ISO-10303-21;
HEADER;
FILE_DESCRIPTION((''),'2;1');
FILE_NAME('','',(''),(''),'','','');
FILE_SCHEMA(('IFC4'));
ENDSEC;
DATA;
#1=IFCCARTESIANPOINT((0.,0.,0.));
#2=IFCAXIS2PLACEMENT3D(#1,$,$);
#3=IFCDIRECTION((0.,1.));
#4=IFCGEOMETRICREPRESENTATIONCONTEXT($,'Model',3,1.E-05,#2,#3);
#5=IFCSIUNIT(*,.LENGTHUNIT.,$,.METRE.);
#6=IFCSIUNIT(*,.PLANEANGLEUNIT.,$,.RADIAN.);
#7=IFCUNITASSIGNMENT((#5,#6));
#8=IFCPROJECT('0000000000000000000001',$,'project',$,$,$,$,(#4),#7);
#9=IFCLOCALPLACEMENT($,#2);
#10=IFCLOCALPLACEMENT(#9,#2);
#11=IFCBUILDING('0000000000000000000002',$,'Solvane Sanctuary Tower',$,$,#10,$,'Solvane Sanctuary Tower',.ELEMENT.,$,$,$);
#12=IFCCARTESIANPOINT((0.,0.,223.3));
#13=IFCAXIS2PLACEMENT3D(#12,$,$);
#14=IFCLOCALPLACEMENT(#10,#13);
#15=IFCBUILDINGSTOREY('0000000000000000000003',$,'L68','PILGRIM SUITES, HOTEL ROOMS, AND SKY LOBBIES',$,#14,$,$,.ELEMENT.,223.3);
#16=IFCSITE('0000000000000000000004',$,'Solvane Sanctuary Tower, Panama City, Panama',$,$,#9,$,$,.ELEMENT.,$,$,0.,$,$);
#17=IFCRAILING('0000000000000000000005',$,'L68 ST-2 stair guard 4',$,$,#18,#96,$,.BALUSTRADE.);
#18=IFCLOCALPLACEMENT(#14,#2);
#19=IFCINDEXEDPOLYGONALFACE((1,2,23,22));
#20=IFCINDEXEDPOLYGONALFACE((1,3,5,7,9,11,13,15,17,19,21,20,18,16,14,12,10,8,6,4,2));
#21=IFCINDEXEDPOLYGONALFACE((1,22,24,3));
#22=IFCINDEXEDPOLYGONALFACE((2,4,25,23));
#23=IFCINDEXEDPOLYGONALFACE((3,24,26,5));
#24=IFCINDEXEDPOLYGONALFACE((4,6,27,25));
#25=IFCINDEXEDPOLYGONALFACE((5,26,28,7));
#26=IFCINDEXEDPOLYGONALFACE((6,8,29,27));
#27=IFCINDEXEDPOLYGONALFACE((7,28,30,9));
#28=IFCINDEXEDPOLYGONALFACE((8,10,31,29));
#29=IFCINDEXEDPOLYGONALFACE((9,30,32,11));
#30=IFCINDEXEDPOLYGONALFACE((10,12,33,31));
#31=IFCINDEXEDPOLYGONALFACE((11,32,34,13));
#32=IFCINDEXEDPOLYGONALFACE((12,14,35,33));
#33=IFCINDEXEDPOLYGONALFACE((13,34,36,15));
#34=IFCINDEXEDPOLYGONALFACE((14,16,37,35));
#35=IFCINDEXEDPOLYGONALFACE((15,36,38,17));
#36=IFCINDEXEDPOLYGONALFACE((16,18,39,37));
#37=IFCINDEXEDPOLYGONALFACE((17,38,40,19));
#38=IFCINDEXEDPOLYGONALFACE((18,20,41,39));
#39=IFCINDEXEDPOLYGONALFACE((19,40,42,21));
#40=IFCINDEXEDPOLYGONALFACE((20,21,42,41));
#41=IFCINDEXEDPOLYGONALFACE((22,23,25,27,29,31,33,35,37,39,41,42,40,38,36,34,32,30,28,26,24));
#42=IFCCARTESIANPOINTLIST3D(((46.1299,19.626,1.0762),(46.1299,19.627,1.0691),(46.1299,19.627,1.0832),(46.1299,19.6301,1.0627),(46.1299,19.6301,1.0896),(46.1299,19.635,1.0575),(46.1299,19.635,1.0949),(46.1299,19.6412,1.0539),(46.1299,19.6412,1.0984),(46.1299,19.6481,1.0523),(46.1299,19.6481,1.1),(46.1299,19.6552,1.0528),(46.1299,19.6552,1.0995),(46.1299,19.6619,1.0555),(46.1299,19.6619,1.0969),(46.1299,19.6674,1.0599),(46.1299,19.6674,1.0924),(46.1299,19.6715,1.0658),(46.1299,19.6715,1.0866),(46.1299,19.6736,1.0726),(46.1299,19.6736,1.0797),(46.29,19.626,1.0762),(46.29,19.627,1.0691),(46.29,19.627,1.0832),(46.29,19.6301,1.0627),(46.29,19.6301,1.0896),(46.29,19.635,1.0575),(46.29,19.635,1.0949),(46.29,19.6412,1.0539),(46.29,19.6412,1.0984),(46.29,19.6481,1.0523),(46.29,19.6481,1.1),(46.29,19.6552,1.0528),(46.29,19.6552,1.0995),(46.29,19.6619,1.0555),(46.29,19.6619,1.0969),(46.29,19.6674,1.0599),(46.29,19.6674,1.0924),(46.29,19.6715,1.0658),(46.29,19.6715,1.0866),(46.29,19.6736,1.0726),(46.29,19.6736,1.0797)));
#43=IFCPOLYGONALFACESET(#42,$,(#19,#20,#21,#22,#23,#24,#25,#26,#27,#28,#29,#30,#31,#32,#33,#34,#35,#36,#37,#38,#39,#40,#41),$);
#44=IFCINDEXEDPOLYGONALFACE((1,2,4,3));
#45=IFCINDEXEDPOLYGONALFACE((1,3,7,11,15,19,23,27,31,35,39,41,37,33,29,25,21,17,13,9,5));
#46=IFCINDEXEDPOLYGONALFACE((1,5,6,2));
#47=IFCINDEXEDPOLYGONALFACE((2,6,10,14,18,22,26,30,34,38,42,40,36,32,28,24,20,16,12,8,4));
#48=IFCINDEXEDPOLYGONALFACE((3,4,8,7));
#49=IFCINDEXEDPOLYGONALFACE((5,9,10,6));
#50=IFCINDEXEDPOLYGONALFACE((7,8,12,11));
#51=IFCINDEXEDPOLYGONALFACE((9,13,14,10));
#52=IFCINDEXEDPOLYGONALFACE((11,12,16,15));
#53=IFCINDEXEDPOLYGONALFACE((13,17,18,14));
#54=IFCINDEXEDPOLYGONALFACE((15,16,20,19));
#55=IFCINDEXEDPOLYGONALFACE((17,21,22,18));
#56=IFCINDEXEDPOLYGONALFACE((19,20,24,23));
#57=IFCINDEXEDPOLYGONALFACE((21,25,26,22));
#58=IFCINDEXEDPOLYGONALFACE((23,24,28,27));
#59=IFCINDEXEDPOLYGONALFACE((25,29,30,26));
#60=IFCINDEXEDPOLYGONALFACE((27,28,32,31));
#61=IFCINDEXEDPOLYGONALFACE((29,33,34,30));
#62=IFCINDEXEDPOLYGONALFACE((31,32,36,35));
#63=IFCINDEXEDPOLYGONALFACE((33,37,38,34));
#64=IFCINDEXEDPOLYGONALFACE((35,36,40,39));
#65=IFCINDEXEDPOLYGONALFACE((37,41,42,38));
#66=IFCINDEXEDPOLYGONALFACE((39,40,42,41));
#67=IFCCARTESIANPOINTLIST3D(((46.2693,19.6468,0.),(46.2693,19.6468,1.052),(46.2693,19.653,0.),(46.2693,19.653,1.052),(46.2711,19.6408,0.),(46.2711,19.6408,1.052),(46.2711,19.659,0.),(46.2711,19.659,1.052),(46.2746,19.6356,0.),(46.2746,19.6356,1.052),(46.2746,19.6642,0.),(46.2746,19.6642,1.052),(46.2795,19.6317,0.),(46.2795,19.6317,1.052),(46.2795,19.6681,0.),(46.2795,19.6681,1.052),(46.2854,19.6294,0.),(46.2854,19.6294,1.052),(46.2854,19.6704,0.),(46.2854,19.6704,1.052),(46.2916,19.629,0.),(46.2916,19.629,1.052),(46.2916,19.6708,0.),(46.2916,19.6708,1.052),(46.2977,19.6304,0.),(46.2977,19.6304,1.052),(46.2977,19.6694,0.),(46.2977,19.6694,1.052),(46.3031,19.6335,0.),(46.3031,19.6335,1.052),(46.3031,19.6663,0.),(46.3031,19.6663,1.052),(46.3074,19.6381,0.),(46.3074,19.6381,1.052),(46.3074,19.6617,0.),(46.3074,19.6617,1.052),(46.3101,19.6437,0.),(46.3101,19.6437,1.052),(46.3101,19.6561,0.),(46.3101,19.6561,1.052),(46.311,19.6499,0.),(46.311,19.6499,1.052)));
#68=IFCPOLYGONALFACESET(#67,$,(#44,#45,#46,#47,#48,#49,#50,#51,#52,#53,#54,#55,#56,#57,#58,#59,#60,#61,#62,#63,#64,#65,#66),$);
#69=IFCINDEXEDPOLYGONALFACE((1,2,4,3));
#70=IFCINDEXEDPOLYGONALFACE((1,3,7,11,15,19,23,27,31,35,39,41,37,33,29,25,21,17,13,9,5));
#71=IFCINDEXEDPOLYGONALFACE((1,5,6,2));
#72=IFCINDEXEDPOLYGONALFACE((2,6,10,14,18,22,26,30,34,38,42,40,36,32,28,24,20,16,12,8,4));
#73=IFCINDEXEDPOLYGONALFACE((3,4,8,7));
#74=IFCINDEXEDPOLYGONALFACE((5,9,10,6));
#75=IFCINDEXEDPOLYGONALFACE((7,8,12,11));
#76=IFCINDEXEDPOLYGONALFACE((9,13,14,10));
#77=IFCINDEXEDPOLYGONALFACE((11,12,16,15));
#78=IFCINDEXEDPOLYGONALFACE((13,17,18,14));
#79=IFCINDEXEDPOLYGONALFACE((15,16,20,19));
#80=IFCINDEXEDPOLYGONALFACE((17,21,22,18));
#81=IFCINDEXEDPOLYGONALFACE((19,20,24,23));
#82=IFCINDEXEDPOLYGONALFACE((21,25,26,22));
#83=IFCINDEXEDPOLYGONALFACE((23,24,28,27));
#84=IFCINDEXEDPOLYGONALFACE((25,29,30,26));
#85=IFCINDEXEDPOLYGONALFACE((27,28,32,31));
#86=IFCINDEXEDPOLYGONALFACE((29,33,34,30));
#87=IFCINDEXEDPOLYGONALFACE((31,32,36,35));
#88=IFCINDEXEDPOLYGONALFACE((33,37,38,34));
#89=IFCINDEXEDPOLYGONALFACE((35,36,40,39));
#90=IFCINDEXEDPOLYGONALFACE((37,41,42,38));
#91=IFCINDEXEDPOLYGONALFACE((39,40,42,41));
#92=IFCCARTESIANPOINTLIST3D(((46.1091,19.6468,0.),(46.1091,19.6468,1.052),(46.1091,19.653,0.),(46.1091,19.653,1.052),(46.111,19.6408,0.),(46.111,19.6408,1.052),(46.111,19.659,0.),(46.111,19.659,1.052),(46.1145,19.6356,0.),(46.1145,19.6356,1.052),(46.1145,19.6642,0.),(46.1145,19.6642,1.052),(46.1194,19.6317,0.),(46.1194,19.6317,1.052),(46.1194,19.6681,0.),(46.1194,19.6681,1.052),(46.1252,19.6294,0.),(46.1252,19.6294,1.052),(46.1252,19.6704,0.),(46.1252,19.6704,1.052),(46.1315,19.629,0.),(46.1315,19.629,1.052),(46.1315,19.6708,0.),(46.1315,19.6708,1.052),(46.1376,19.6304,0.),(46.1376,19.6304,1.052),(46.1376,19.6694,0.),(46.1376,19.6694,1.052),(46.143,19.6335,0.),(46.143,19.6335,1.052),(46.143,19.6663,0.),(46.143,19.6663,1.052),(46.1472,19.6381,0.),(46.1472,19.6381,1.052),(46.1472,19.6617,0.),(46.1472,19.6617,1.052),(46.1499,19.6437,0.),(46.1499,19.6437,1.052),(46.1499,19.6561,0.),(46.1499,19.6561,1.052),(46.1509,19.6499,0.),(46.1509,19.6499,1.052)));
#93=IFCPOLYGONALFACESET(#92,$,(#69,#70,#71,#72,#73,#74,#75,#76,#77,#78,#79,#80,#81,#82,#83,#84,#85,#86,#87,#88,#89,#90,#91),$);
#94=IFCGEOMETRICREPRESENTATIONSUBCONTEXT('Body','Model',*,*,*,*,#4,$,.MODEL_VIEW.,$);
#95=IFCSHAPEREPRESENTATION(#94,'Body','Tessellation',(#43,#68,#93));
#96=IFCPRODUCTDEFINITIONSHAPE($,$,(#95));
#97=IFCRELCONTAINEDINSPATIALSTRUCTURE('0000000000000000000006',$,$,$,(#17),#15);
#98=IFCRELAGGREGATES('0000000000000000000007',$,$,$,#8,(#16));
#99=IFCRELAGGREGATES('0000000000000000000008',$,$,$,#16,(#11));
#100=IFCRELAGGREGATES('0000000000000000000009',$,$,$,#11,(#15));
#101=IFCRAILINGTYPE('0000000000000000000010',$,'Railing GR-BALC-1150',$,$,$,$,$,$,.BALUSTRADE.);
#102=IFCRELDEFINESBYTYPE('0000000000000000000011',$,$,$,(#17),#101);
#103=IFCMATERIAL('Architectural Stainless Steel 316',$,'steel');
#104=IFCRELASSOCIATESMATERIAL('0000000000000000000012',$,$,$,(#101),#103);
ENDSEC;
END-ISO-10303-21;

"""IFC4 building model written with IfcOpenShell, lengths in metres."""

from ifc_helpers import new_model, si_unit, direction, frame, origin, origin_2d, place, context, subcontext, project, spatial, circle, extrude, material, type_object, element, save


model = new_model("IFC4")

# Units and contexts
model_context = context("Model", 3, precision=1e-05, world=origin(), true_north=direction((0.0, 1.0)))
body_context = subcontext(model_context, "Body", "Model", "MODEL_VIEW")
ifc_project = project(units=[si_unit("LENGTHUNIT", "METRE"), si_unit("PLANEANGLEUNIT", "RADIAN")], contexts=[model_context])

# Site, building, storey
site_placement = place(None, origin())
site = spatial("IfcSite", under=ifc_project, at=site_placement, Name="Solvane Sanctuary Tower, Panama City, Panama", CompositionType="ELEMENT", RefElevation=0.0)
building_placement = place(site_placement, origin())
building = spatial("IfcBuilding", under=site, at=building_placement, Name="Solvane Sanctuary Tower", LongName="Solvane Sanctuary Tower", CompositionType="ELEMENT")
storey_placement = place(building_placement, frame((0.0, 0.0, 223.3)))
storey = spatial("IfcBuildingStorey", under=building, at=storey_placement, Name="L68", Description="PILGRIM SUITES, HOTEL ROOMS, AND SKY LOBBIES", CompositionType="ELEMENT", Elevation=223.3)

# Shared definitions
ifc_material_1 = material(Name="Architectural Stainless Steel 316", Category="steel")

# Railing
railing_type_1 = type_object("IfcRailingType", Name="Railing GR-BALC-1150", PredefinedType="BALUSTRADE", material=ifc_material_1)
railing_1_placement = place(storey_placement, frame((46.29, 19.6499, 0.0)))
element("IfcRailing", 1, at=railing_1_placement, inside=storey, type_object=railing_type_1, Name="L68 ST-2 stair guard 4", PredefinedType="BALUSTRADE", context=body_context, shape_type="SweptSolid", body=[
    extrude(circle(Radius=0.0239, at=origin_2d()), frame((0.0, 0.0, 1.0762), z_axis=(-1.0, 0.0, 0.0), x_axis=(0.0, -1.0, 0.0)), (0.0, 0.0, 1.0), 0.1602),
    extrude(circle(Radius=0.021, at=origin_2d()), origin(), (0.0, 0.0, 1.0), 1.052),
    extrude(circle(Radius=0.021, at=origin_2d()), frame((-0.1602, 0.0, 0.0)), (0.0, 0.0, 1.0), 1.052),
])

save(model, "model.ifc")
